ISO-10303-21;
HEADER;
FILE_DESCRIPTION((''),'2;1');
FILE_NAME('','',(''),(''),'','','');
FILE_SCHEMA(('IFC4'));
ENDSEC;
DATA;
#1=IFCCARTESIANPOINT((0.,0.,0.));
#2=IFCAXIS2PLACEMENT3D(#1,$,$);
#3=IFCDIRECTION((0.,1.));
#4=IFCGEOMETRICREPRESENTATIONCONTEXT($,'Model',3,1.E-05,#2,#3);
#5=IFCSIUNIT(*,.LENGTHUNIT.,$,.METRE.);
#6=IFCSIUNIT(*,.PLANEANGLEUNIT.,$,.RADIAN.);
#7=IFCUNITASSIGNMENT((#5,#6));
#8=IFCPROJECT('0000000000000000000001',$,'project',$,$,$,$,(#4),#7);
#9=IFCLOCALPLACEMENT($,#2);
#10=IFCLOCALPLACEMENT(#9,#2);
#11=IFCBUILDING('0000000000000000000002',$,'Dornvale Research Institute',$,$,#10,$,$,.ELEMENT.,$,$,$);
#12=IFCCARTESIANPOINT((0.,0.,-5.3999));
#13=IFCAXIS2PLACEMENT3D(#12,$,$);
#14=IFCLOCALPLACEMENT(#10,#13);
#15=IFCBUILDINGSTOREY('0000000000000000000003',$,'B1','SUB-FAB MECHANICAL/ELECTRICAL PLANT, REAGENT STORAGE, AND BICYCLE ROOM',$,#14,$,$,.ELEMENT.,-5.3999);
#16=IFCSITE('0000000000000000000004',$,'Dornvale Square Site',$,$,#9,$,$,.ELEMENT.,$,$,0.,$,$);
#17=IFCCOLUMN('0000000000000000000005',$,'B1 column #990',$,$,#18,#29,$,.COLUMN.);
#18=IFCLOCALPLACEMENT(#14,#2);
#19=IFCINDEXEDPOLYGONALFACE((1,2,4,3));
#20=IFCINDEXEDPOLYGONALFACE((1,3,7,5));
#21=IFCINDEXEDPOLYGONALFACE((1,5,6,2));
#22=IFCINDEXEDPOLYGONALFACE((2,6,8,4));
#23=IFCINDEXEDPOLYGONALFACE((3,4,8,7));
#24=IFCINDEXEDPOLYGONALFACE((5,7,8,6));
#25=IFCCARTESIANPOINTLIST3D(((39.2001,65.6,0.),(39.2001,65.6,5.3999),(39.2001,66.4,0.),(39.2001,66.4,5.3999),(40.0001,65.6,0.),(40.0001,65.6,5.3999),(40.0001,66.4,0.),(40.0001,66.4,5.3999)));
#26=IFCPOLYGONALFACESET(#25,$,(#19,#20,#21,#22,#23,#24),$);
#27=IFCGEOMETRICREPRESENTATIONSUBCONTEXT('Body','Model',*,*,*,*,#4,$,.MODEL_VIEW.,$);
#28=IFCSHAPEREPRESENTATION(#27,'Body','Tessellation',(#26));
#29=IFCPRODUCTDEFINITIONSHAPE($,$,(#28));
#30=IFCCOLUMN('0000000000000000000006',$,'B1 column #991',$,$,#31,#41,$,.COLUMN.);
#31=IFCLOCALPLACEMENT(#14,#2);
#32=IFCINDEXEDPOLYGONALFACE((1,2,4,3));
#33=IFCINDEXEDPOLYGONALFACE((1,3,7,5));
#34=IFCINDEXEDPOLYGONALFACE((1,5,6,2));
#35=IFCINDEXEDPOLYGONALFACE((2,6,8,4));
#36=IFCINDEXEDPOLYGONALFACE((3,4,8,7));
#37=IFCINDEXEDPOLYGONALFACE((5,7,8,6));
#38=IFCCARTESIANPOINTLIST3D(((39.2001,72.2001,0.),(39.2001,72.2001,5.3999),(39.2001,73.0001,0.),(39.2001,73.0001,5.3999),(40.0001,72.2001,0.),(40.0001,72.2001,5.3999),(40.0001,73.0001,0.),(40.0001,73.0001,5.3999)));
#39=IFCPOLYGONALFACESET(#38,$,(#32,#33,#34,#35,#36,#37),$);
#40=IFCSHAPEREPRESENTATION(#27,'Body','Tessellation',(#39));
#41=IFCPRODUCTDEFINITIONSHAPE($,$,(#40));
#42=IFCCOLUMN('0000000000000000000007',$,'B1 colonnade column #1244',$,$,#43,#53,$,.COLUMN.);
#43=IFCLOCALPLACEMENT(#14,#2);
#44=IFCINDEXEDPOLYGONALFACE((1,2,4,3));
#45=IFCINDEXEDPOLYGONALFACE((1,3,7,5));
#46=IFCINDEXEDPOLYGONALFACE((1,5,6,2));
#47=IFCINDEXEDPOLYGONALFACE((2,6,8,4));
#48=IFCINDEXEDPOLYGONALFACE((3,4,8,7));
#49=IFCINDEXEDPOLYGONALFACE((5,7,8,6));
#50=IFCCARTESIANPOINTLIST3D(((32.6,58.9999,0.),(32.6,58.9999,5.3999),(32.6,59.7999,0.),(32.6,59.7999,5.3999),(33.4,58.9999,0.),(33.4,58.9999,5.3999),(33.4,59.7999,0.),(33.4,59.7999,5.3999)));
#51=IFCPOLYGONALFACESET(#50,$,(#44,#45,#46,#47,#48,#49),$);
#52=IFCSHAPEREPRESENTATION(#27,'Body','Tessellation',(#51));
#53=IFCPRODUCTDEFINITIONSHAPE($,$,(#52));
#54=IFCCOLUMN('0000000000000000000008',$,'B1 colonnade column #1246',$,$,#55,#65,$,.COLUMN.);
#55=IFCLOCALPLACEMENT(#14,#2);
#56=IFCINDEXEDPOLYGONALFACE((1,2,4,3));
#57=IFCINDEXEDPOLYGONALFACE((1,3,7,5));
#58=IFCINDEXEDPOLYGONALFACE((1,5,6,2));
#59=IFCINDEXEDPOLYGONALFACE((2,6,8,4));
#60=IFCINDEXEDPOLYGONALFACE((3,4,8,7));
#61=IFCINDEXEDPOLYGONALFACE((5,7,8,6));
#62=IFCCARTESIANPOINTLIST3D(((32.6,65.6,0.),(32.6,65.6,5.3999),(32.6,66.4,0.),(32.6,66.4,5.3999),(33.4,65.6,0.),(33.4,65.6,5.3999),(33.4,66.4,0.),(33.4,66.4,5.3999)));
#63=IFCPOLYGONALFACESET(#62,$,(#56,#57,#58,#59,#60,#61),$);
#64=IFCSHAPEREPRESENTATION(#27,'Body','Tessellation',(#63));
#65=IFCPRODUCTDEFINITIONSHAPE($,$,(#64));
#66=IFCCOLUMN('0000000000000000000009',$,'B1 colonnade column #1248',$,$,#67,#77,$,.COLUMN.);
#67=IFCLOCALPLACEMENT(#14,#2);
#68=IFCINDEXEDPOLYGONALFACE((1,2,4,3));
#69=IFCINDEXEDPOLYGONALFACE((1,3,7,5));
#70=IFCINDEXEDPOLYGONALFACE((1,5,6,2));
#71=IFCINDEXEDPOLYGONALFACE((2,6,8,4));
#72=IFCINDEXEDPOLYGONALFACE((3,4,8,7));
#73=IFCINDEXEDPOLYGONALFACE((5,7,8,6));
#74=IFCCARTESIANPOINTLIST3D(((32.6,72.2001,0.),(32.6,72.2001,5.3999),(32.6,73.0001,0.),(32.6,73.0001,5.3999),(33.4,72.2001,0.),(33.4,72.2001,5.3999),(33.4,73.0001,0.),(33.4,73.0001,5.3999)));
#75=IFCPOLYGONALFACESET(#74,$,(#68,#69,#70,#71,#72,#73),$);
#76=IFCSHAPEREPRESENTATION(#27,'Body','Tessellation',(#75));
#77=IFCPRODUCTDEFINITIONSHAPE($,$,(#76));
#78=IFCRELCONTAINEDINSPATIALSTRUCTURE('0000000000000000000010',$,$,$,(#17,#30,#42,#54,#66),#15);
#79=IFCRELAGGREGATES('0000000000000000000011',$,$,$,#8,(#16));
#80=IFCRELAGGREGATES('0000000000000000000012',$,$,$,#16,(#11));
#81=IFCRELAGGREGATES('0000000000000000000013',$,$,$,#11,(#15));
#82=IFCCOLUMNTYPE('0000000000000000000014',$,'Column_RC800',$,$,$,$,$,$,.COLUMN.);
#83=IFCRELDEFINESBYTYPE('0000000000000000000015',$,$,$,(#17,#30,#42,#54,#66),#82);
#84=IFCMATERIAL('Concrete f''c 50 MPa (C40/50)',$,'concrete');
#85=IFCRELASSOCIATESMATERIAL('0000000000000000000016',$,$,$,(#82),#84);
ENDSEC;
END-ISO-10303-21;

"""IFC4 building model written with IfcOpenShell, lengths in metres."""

from ifc_helpers import new_model, si_unit, direction, frame, origin, origin_2d, place, context, subcontext, project, spatial, rectangle, extrude, material, material_profile, profile_set, type_object, element, save


model = new_model("IFC4")

# Units and contexts
model_context = context("Model", 3, precision=1e-05, world=origin(), true_north=direction((0.0, 1.0)))
body_context = subcontext(model_context, "Body", "Model", "MODEL_VIEW")
ifc_project = project(units=[si_unit("LENGTHUNIT", "METRE"), si_unit("PLANEANGLEUNIT", "RADIAN")], contexts=[model_context])

# Site, building, storey
site_placement = place(None, origin())
site = spatial("IfcSite", under=ifc_project, at=site_placement, Name="Dornvale Square Site", CompositionType="ELEMENT", RefElevation=0.0)
building_placement = place(site_placement, origin())
building = spatial("IfcBuilding", under=site, at=building_placement, Name="Dornvale Research Institute", CompositionType="ELEMENT")
storey_placement = place(building_placement, frame((0.0, 0.0, -5.3999)))
storey = spatial("IfcBuildingStorey", under=building, at=storey_placement, Name="B1", Description="SUB-FAB MECHANICAL/ELECTRICAL PLANT, REAGENT STORAGE, AND BICYCLE ROOM", CompositionType="ELEMENT", Elevation=-5.3999)

# Columns
ifc_material_1 = material(Name="Concrete f'c 50 MPa (C40/50)", Category="concrete")
ifc_material_profile_1 = material_profile(ifc_material_1, rectangle(XDim=0.8, YDim=0.8, at=origin_2d()), Name="RC 800x800")
ifc_profile_set_1 = profile_set([ifc_material_profile_1], Name="Concrete f'c 50 MPa (C40/50)")
column_type = type_object("IfcColumnType", Name="Column_RC800", PredefinedType="COLUMN", material=ifc_profile_set_1)
for number, where, z_axis, x_axis, name in (
    (1, (39.6001, 66.0, 0.0), (0.0, 0.0, 1.0), (1.0, 0.0, 0.0), "B1 column #990"),
    (2, (39.6001, 72.6001, 0.0), (0.0, 0.0, 1.0), (1.0, 0.0, 0.0), "B1 column #991"),
    (3, (33.0, 59.3999, 0.0), (0.0, 0.0, 1.0), (1.0, 0.0, 0.0), "B1 colonnade column #1244"),
    (4, (33.0, 66.0, 0.0), (0.0, 0.0, 1.0), (1.0, 0.0, 0.0), "B1 colonnade column #1246"),
    (5, (33.0, 72.6001, 0.0), (0.0, 0.0, 1.0), (1.0, 0.0, 0.0), "B1 colonnade column #1248"),
):
    element("IfcColumn", number, at=place(storey_placement, frame(where, z_axis=z_axis, x_axis=x_axis)), inside=storey, type_object=column_type, Name=name, PredefinedType="COLUMN", context=body_context, shape_type="SweptSolid", body=[
        extrude(rectangle(XDim=0.8, YDim=0.8, at=origin_2d()), origin(), (0.0, 0.0, 1.0), 5.3999),
    ])

save(model, "model.ifc")
